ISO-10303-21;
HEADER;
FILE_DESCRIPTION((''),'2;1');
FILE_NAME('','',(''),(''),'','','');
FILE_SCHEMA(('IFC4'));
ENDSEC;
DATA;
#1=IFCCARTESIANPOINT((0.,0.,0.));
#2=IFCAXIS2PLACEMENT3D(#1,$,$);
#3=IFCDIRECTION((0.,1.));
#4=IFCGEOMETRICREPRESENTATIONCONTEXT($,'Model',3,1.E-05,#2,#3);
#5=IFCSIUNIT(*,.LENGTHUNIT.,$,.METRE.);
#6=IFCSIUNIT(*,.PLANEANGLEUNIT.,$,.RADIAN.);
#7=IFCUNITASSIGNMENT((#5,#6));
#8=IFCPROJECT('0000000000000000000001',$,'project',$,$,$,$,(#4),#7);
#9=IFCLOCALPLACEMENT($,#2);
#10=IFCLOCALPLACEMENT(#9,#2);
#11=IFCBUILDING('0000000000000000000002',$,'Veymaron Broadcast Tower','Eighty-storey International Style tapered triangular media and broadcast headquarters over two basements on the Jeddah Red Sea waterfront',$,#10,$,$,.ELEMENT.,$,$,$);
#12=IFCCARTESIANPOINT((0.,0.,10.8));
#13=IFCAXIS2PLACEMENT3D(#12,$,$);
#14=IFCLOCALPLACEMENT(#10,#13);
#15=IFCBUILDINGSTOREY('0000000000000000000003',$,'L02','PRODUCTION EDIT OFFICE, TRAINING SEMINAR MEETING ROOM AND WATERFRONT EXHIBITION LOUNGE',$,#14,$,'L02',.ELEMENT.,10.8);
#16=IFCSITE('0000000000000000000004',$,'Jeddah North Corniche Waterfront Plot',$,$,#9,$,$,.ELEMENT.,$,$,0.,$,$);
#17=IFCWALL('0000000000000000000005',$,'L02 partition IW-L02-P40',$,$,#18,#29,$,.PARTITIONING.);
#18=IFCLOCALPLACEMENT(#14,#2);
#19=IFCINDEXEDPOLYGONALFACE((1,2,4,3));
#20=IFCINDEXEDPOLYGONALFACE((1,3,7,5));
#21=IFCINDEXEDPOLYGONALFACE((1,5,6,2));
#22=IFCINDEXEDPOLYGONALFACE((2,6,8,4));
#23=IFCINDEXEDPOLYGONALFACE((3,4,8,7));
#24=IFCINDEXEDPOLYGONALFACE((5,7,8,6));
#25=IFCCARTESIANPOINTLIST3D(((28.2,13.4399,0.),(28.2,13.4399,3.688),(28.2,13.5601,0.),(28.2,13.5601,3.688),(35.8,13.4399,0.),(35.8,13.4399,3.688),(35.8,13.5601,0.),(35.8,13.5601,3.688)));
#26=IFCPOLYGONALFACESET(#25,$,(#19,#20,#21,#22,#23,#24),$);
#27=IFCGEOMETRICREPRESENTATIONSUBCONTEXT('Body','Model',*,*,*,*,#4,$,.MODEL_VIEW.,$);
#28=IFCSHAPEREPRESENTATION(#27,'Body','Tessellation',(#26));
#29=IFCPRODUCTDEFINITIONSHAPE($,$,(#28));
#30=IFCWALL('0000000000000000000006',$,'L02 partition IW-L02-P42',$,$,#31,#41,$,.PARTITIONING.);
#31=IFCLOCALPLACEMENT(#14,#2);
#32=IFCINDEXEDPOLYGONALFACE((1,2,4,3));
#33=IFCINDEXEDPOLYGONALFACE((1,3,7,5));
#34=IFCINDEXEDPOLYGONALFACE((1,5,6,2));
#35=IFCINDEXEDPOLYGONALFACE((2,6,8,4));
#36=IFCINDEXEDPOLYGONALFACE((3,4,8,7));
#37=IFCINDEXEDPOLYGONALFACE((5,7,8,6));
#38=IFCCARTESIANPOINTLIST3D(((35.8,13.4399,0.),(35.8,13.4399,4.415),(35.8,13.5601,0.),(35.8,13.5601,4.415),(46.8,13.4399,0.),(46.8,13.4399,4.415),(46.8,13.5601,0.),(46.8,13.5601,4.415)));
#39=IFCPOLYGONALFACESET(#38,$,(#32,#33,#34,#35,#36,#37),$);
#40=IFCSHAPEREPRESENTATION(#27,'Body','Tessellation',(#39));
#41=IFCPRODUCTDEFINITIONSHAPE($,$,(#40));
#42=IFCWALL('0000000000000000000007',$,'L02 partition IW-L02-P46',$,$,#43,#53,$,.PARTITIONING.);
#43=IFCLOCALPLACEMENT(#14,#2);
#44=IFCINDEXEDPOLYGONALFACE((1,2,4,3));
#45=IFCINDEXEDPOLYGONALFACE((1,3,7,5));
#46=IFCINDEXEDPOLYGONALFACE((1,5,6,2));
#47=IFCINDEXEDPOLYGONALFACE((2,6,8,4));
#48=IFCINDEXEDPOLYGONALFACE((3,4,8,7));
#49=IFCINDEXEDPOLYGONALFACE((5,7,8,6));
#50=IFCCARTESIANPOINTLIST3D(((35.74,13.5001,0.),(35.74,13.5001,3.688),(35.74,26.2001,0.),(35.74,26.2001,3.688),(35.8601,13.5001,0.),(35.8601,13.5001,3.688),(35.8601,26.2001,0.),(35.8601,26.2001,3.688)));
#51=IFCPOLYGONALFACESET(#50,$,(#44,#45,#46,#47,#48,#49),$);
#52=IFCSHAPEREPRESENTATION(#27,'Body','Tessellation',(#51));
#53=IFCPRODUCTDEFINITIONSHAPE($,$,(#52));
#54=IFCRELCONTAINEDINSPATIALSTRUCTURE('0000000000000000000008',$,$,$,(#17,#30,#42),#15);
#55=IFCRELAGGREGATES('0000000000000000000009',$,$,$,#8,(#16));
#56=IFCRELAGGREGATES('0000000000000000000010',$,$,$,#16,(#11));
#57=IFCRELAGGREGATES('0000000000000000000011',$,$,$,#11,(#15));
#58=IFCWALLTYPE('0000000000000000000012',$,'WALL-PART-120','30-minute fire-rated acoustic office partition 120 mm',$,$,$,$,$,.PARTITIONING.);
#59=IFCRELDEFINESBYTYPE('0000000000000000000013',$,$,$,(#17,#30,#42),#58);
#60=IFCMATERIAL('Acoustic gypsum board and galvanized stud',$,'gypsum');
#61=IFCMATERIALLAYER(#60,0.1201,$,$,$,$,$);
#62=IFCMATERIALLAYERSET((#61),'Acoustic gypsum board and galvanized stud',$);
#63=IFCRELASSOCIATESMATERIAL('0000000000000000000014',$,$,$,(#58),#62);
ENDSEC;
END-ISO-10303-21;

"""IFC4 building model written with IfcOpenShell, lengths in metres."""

from ifc_helpers import new_model, si_unit, direction, frame, frame_2d, origin, place, context, subcontext, project, spatial, rectangle, extrude, material, layer, layer_set, type_object, element, save


model = new_model("IFC4")

# Units and contexts
model_context = context("Model", 3, precision=1e-05, world=origin(), true_north=direction((0.0, 1.0)))
body_context = subcontext(model_context, "Body", "Model", "MODEL_VIEW")
ifc_project = project(units=[si_unit("LENGTHUNIT", "METRE"), si_unit("PLANEANGLEUNIT", "RADIAN")], contexts=[model_context])

# Site, building, storey
site_placement = place(None, origin())
site = spatial("IfcSite", under=ifc_project, at=site_placement, Name="Jeddah North Corniche Waterfront Plot", CompositionType="ELEMENT", RefElevation=0.0)
building_placement = place(site_placement, origin())
building = spatial("IfcBuilding", under=site, at=building_placement, Name="Veymaron Broadcast Tower", Description="Eighty-storey International Style tapered triangular media and broadcast headquarters over two basements on the Jeddah Red Sea waterfront", CompositionType="ELEMENT")
storey_placement = place(building_placement, frame((0.0, 0.0, 10.8)))
storey = spatial("IfcBuildingStorey", under=building, at=storey_placement, Name="L02", Description="PRODUCTION EDIT OFFICE, TRAINING SEMINAR MEETING ROOM AND WATERFRONT EXHIBITION LOUNGE", LongName="L02", CompositionType="ELEMENT", Elevation=10.8)

# Walls
ifc_material_1 = material(Name="Acoustic gypsum board and galvanized stud", Category="gypsum")
ifc_layer_1 = layer(ifc_material_1, 0.1201)
ifc_layer_set_1 = layer_set([ifc_layer_1], Name="Acoustic gypsum board and galvanized stud")
wall_type_1 = type_object("IfcWallType", Name="WALL-PART-120", Description="30-minute fire-rated acoustic office partition 120 mm", PredefinedType="PARTITIONING", material=ifc_layer_set_1)
wall_1_placement = place(storey_placement, frame((28.2, 13.5, 0.0), z_axis=(0.0, 0.0, 1.0), x_axis=(1.0, 0.0, 0.0)))
element("IfcWall", 1, at=wall_1_placement, inside=storey, type_object=wall_type_1, Name="L02 partition IW-L02-P40", PredefinedType="PARTITIONING", context=body_context, shape_type="SweptSolid", body=[
    extrude(rectangle(XDim=7.6001, YDim=0.1201, at=frame_2d((3.8, 0.0))), origin(), (0.0, 0.0, 1.0), 3.688),
])
wall_2_placement = place(storey_placement, frame((35.8, 13.5, 0.0), z_axis=(0.0, 0.0, 1.0), x_axis=(1.0, 0.0, 0.0)))
element("IfcWall", 2, at=wall_2_placement, inside=storey, type_object=wall_type_1, Name="L02 partition IW-L02-P42", PredefinedType="PARTITIONING", context=body_context, shape_type="SweptSolid", body=[
    extrude(rectangle(XDim=11.0, YDim=0.1201, at=frame_2d((5.5, 0.0))), origin(), (0.0, 0.0, 1.0), 4.415),
])
wall_3_placement = place(storey_placement, frame((35.8, 13.5, 0.0), z_axis=(0.0, 0.0, 1.0), x_axis=(0.0, 1.0, 0.0)))
element("IfcWall", 3, at=wall_3_placement, inside=storey, type_object=wall_type_1, Name="L02 partition IW-L02-P46", PredefinedType="PARTITIONING", context=body_context, shape_type="SweptSolid", body=[
    extrude(rectangle(XDim=12.7, YDim=0.1201, at=frame_2d((6.3501, 0.0))), origin(), (0.0, 0.0, 1.0), 3.688),
])

save(model, "model.ifc")
